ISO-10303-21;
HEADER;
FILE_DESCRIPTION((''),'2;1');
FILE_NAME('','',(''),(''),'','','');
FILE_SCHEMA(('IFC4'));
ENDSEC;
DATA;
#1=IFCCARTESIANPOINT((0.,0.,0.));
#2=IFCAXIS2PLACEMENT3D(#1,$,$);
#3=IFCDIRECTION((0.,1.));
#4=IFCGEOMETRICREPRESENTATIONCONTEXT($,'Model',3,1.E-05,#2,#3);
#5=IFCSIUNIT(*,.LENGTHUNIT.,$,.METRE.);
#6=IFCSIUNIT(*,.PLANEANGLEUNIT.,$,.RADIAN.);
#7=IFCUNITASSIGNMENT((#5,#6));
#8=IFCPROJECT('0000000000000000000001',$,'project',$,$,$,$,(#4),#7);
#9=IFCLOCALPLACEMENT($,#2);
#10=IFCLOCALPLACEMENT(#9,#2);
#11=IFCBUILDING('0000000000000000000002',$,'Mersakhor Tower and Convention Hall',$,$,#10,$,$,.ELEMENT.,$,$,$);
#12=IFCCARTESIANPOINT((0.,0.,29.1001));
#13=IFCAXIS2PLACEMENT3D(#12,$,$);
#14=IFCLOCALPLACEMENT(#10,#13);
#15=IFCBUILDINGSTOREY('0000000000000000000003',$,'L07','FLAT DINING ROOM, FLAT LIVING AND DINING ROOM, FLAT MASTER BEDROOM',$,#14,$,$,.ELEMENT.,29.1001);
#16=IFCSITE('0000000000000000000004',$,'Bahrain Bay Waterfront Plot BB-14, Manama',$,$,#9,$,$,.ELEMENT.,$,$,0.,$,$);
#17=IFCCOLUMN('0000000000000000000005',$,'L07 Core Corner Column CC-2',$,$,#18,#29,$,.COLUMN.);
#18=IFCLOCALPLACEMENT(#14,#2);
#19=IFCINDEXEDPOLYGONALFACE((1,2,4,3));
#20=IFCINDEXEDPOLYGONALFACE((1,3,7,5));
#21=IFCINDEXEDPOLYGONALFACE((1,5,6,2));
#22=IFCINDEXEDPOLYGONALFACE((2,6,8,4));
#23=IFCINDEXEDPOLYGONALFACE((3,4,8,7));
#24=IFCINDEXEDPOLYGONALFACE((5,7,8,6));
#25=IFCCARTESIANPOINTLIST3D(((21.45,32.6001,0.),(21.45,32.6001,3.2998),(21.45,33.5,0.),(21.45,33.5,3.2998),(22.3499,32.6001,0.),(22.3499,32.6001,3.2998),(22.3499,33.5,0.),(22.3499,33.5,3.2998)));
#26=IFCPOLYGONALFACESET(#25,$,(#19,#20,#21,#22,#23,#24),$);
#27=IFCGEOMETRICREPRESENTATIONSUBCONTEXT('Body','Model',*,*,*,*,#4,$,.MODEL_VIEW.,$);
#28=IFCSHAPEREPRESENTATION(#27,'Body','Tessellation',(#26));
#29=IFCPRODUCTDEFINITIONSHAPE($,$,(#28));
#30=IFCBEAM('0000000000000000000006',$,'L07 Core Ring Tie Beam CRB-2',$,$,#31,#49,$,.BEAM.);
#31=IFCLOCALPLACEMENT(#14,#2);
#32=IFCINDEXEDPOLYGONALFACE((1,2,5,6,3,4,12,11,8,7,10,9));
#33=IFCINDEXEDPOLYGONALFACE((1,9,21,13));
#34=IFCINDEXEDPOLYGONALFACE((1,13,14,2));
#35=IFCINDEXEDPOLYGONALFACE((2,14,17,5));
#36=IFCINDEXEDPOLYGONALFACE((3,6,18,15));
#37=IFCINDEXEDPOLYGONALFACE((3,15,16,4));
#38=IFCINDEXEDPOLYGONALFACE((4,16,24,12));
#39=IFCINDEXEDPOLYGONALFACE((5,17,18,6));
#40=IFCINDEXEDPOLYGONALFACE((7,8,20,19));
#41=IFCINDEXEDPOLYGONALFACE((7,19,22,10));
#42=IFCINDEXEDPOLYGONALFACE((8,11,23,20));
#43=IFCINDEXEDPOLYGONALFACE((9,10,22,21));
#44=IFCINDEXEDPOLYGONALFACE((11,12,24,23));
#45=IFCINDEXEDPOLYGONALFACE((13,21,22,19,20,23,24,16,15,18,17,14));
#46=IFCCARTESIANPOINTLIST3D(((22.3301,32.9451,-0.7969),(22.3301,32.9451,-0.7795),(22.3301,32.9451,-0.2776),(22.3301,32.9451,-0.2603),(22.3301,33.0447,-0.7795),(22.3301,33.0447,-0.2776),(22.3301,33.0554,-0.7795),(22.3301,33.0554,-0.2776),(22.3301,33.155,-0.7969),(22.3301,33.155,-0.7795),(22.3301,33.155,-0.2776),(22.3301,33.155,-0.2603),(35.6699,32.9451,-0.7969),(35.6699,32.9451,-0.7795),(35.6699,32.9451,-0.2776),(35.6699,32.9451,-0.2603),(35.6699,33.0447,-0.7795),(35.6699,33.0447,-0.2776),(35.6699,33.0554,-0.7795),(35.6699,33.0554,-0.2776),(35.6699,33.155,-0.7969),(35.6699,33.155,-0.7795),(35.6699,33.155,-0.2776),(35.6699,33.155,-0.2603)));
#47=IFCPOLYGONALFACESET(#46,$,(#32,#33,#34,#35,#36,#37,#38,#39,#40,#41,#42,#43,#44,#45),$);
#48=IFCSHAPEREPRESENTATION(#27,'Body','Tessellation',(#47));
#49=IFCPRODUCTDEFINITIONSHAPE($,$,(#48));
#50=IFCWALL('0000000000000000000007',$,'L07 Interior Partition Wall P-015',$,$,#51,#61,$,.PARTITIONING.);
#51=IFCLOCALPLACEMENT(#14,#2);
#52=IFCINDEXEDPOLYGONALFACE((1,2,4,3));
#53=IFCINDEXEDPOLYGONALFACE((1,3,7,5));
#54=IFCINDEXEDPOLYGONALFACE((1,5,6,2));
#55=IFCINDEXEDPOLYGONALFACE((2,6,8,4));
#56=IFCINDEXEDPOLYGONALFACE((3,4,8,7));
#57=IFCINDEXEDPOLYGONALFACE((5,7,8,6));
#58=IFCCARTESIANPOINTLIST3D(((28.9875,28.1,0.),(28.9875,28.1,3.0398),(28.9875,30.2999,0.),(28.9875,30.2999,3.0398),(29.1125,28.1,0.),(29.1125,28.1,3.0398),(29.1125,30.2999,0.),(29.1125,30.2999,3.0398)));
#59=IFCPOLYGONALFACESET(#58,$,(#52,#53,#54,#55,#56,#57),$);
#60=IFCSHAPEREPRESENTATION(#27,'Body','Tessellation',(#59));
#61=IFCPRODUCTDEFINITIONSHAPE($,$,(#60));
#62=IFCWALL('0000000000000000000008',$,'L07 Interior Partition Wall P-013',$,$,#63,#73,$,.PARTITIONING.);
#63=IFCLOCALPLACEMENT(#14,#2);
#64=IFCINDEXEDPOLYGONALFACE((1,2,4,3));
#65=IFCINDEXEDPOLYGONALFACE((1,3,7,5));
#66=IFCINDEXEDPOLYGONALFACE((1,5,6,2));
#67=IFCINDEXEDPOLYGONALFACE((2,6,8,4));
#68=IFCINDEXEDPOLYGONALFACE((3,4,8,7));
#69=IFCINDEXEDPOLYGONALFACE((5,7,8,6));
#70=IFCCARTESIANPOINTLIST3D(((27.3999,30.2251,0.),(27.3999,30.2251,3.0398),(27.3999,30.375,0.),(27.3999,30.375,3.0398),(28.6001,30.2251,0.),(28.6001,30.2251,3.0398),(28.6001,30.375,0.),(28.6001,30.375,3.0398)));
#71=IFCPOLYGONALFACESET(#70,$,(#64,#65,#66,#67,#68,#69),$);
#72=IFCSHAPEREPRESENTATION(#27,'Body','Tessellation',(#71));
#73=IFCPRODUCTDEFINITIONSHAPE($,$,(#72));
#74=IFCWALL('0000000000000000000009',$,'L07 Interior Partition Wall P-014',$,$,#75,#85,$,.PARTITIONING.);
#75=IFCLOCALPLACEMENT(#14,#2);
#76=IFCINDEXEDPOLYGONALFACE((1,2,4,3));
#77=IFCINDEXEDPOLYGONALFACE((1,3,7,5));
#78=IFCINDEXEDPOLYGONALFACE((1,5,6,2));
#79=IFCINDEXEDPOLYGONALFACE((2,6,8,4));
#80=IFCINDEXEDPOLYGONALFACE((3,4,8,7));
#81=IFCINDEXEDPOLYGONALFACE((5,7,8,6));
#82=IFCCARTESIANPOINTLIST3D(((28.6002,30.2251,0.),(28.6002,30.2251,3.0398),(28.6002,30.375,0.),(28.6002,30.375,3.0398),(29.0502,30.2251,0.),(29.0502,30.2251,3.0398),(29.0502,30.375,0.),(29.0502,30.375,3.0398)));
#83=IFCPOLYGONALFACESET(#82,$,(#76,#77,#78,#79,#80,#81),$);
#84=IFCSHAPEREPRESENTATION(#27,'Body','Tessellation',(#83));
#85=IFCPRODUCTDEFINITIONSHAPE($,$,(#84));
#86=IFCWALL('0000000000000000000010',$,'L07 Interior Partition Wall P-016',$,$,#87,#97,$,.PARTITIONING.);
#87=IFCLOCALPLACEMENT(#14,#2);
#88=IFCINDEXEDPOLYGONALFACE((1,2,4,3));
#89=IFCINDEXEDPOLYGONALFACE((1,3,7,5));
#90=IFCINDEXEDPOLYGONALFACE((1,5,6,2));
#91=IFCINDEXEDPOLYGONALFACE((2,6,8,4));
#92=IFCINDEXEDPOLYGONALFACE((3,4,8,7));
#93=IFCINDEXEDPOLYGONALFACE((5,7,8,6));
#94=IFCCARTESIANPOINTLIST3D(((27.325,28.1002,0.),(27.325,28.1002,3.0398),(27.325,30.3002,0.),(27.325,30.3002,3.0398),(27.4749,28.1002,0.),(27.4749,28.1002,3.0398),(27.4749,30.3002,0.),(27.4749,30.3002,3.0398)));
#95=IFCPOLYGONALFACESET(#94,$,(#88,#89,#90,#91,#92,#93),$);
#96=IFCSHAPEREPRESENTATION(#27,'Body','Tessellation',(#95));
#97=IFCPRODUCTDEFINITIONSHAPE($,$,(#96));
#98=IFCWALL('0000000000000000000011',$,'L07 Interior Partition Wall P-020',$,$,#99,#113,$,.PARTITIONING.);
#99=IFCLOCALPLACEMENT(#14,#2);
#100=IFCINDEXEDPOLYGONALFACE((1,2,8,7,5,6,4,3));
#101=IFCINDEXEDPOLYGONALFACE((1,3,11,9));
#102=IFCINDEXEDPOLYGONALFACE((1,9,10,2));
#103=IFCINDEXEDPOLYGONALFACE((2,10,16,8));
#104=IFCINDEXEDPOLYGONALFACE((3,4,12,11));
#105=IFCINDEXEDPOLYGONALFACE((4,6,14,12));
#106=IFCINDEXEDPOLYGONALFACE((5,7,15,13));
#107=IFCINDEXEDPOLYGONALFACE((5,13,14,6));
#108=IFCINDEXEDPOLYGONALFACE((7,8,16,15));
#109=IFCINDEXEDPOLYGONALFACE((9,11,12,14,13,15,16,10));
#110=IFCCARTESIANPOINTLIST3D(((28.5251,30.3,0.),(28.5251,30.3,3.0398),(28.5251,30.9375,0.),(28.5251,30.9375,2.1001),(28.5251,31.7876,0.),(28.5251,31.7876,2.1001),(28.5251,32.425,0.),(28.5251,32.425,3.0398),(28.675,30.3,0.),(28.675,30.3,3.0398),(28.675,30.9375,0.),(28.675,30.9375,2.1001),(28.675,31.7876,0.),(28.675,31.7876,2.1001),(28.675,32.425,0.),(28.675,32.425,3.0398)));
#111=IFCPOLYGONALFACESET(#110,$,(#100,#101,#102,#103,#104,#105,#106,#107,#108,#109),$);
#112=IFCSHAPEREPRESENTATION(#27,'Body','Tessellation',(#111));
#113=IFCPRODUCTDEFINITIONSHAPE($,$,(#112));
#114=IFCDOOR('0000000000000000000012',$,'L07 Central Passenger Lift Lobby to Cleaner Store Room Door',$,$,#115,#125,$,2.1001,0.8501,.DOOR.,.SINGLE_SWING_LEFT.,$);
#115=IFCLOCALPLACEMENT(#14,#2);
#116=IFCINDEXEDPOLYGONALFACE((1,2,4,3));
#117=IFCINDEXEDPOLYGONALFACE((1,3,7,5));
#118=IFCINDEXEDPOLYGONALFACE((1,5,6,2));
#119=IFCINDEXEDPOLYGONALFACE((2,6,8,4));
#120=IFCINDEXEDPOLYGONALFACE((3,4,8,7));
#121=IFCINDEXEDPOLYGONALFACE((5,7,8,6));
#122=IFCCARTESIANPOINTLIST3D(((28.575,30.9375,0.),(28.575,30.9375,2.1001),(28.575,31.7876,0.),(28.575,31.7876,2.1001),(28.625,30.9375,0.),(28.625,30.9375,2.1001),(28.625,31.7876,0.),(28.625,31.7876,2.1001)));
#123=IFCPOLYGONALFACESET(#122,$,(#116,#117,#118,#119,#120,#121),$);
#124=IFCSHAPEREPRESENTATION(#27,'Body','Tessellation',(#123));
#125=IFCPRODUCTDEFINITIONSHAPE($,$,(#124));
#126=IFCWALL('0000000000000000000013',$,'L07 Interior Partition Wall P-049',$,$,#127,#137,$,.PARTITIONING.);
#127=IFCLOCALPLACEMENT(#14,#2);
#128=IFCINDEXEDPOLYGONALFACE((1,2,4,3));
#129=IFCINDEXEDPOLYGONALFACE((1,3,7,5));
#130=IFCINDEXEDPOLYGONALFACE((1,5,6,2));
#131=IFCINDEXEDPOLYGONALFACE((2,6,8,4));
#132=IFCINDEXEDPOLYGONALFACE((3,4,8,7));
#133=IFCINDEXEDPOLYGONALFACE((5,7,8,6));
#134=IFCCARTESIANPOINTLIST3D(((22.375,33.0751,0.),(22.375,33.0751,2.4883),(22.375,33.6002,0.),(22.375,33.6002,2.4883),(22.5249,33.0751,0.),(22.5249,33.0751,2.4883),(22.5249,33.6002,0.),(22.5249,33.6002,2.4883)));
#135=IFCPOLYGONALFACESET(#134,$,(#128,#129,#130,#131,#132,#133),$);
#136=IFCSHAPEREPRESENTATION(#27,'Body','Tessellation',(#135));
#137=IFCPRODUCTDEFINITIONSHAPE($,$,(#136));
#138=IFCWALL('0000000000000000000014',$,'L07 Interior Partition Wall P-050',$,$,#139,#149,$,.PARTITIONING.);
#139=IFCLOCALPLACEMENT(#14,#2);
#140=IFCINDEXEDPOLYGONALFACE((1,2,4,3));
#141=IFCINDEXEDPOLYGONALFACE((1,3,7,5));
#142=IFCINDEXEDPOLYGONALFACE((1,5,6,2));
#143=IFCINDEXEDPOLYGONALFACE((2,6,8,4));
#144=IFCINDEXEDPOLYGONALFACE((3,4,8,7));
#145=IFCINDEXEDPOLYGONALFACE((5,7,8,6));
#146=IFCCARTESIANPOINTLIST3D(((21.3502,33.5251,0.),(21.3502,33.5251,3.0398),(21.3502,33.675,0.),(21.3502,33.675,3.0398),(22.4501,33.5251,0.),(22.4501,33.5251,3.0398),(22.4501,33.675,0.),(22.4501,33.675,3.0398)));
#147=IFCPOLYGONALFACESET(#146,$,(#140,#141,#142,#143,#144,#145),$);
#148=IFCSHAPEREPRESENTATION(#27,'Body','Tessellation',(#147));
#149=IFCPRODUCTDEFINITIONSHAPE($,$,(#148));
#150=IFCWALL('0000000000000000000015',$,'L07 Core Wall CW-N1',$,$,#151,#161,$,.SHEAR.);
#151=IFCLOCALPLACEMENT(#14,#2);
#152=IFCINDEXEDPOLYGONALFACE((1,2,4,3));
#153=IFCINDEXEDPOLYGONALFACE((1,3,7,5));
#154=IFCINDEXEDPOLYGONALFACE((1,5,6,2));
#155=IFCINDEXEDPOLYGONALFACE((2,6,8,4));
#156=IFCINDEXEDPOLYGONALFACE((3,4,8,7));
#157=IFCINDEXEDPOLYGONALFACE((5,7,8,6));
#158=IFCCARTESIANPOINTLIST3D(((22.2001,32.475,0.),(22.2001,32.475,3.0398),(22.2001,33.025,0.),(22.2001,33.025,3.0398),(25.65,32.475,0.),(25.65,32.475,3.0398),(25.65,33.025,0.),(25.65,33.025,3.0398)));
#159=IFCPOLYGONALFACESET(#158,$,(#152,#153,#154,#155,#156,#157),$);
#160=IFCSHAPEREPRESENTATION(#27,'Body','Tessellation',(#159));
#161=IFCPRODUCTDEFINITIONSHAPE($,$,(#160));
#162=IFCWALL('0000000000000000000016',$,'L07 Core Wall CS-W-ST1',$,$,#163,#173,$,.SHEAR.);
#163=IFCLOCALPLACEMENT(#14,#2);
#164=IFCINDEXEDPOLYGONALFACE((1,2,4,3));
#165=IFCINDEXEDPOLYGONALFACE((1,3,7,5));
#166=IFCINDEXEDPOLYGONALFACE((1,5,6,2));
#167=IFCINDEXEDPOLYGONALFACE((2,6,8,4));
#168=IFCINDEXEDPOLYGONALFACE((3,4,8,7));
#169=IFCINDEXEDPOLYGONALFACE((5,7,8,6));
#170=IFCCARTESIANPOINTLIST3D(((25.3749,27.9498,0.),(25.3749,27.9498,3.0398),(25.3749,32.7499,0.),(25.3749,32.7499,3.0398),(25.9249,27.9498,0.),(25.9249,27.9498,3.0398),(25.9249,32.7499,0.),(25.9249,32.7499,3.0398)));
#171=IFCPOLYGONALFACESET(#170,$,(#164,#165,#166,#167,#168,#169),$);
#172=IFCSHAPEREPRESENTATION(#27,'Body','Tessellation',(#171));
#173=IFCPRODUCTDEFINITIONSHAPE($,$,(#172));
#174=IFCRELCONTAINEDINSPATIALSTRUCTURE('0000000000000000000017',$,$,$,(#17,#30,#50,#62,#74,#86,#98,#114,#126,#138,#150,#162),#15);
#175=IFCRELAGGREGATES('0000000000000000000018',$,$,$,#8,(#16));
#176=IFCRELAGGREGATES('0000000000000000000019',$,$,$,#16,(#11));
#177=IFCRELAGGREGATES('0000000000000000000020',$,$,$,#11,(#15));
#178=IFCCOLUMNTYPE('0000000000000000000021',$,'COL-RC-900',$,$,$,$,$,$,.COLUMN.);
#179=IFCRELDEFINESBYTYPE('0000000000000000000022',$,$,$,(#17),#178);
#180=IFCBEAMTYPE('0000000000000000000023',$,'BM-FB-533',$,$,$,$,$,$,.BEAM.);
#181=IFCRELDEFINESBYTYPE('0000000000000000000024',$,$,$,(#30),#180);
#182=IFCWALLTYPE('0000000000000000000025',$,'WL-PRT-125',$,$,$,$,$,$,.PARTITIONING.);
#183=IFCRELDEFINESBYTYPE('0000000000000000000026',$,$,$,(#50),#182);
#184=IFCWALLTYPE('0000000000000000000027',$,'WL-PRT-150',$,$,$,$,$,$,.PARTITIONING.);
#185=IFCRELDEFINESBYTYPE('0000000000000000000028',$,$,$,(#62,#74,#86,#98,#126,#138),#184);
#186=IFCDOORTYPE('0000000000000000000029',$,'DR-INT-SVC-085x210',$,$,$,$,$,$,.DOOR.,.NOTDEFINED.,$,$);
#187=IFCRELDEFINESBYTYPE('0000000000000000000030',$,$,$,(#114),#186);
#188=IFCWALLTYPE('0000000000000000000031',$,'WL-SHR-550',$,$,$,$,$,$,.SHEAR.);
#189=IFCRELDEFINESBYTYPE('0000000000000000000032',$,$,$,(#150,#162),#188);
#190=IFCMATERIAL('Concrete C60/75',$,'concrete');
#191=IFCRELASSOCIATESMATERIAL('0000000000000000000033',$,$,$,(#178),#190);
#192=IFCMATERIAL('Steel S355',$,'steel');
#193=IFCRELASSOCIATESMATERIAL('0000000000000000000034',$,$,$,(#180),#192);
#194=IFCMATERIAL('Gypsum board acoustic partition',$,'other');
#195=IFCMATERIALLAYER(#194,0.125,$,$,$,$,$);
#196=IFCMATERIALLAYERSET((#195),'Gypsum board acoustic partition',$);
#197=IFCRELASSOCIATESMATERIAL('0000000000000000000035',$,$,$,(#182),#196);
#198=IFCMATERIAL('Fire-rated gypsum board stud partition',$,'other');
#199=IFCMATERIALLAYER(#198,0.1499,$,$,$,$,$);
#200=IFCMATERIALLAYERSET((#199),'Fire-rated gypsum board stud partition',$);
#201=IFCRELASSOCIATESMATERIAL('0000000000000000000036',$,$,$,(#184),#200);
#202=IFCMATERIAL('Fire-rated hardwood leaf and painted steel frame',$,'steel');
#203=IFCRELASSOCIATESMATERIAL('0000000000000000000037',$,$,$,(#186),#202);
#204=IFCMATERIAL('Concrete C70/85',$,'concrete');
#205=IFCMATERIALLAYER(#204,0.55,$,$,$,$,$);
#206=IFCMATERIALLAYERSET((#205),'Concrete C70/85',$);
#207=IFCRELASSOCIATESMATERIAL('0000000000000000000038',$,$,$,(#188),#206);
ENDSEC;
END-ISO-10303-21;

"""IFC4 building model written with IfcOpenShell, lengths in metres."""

from ifc_helpers import new_model, si_unit, direction, frame, frame_2d, origin, origin_2d, place, context, subcontext, project, spatial, rectangle, i_section, extrude, material, layer, layer_set, material_profile, profile_set, type_object, element, fill, save


model = new_model("IFC4")

# Units and contexts
model_context = context("Model", 3, precision=1e-05, world=origin(), true_north=direction((0.0, 1.0)))
body_context = subcontext(model_context, "Body", "Model", "MODEL_VIEW")
ifc_project = project(units=[si_unit("LENGTHUNIT", "METRE"), si_unit("PLANEANGLEUNIT", "RADIAN")], contexts=[model_context])

# Site, building, storey
site_placement = place(None, origin())
site = spatial("IfcSite", under=ifc_project, at=site_placement, Name="Bahrain Bay Waterfront Plot BB-14, Manama", CompositionType="ELEMENT", RefElevation=0.0)
building_placement = place(site_placement, origin())
building = spatial("IfcBuilding", under=site, at=building_placement, Name="Mersakhor Tower and Convention Hall", CompositionType="ELEMENT")
storey_placement = place(building_placement, frame((0.0, 0.0, 29.1001)))
storey = spatial("IfcBuildingStorey", under=building, at=storey_placement, Name="L07", Description="FLAT DINING ROOM, FLAT LIVING AND DINING ROOM, FLAT MASTER BEDROOM", CompositionType="ELEMENT", Elevation=29.1001)

# Column
ifc_material_1 = material(Name="Concrete C60/75", Category="concrete")
ifc_material_profile_1 = material_profile(ifc_material_1, rectangle(XDim=0.8999, YDim=0.8999, at=origin_2d()), Name="RC 900x900")
ifc_profile_set_1 = profile_set([ifc_material_profile_1], Name="Concrete C60/75")
column_type = type_object("IfcColumnType", Name="COL-RC-900", PredefinedType="COLUMN", material=ifc_profile_set_1)
column_placement = place(storey_placement, frame((21.8999, 33.05, 0.0), z_axis=(0.0, 0.0, 1.0), x_axis=(1.0, 0.0, 0.0)))
element("IfcColumn", 1, at=column_placement, inside=storey, type_object=column_type, Name="L07 Core Corner Column CC-2", PredefinedType="COLUMN", context=body_context, shape_type="SweptSolid", body=[
    extrude(rectangle(XDim=0.8999, YDim=0.8999, at=origin_2d()), origin(), (0.0, 0.0, 1.0), 3.2998),
])

# Beam
ifc_material_2 = material(Name="Steel S355", Category="steel")
ifc_material_profile_2 = material_profile(ifc_material_2, i_section(OverallWidth=0.21, OverallDepth=0.5366, WebThickness=0.0107, FlangeThickness=0.0173, at=origin_2d()), Name="UB 533x210x101")
ifc_profile_set_2 = profile_set([ifc_material_profile_2], Name="Steel S355")
beam_type = type_object("IfcBeamType", Name="BM-FB-533", PredefinedType="BEAM", material=ifc_profile_set_2)
beam_placement = place(storey_placement, frame((22.3301, 33.05, -0.5286), z_axis=(1.0, 0.0, 0.0), x_axis=(0.0, 1.0, 0.0)))
element("IfcBeam", 2, at=beam_placement, inside=storey, type_object=beam_type, Name="L07 Core Ring Tie Beam CRB-2", PredefinedType="BEAM", context=body_context, shape_type="SweptSolid", body=[
    extrude(i_section(OverallWidth=0.21, OverallDepth=0.5366, WebThickness=0.0107, FlangeThickness=0.0173, at=origin_2d()), origin(), (0.0, 0.0, 1.0), 13.3398),
])

# Walls
ifc_material_3 = material(Name="Gypsum board acoustic partition", Category="other")
ifc_layer_1 = layer(ifc_material_3, 0.125)
ifc_layer_set_1 = layer_set([ifc_layer_1], Name="Gypsum board acoustic partition")
wall_type_1 = type_object("IfcWallType", Name="WL-PRT-125", PredefinedType="PARTITIONING", material=ifc_layer_set_1)
wall_1_placement = place(storey_placement, frame((29.05, 30.3, 0.0), z_axis=(0.0, 0.0, 1.0), x_axis=(0.0, -1.0, 0.0)))
element("IfcWall", 3, at=wall_1_placement, inside=storey, type_object=wall_type_1, Name="L07 Interior Partition Wall P-015", PredefinedType="PARTITIONING", context=body_context, shape_type="SweptSolid", body=[
    extrude(rectangle(XDim=2.2, YDim=0.125, at=frame_2d((1.1001, 0.0))), origin(), (0.0, 0.0, 1.0), 3.0398),
])
ifc_material_4 = material(Name="Fire-rated gypsum board stud partition", Category="other")
ifc_layer_2 = layer(ifc_material_4, 0.1499)
ifc_layer_set_2 = layer_set([ifc_layer_2], Name="Fire-rated gypsum board stud partition")
wall_type_2 = type_object("IfcWallType", Name="WL-PRT-150", PredefinedType="PARTITIONING", material=ifc_layer_set_2)
wall_2_placement = place(storey_placement, frame((27.3999, 30.3, 0.0), z_axis=(0.0, 0.0, 1.0), x_axis=(1.0, 0.0, 0.0)))
element("IfcWall", 4, at=wall_2_placement, inside=storey, type_object=wall_type_2, Name="L07 Interior Partition Wall P-013", PredefinedType="PARTITIONING", context=body_context, shape_type="SweptSolid", body=[
    extrude(rectangle(XDim=1.2002, YDim=0.1499, at=frame_2d((0.6001, 0.0))), origin(), (0.0, 0.0, 1.0), 3.0398),
])
wall_3_placement = place(storey_placement, frame((28.6001, 30.3, 0.0), z_axis=(0.0, 0.0, 1.0), x_axis=(1.0, 0.0, 0.0)))
element("IfcWall", 5, at=wall_3_placement, inside=storey, type_object=wall_type_2, Name="L07 Interior Partition Wall P-014", PredefinedType="PARTITIONING", context=body_context, shape_type="SweptSolid", body=[
    extrude(rectangle(XDim=0.45, YDim=0.1499, at=frame_2d((0.2251, 0.0))), origin(), (0.0, 0.0, 1.0), 3.0398),
])
wall_4_placement = place(storey_placement, frame((27.3999, 28.1001, 0.0), z_axis=(0.0, 0.0, 1.0), x_axis=(0.0, 1.0, 0.0)))
element("IfcWall", 6, at=wall_4_placement, inside=storey, type_object=wall_type_2, Name="L07 Interior Partition Wall P-016", PredefinedType="PARTITIONING", context=body_context, shape_type="SweptSolid", body=[
    extrude(rectangle(XDim=2.2, YDim=0.1499, at=frame_2d((1.1001, 0.0))), origin(), (0.0, 0.0, 1.0), 3.0398),
])

# Wall, opening, door
wall_5_placement = place(storey_placement, frame((28.6001, 32.425, 0.0), z_axis=(0.0, 0.0, 1.0), x_axis=(0.0, -1.0, 0.0)))
wall_5 = element("IfcWall", 7, at=wall_5_placement, inside=storey, type_object=wall_type_2, Name="L07 Interior Partition Wall P-020", PredefinedType="PARTITIONING", context=body_context, shape_type="SweptSolid", body=[
    extrude(rectangle(XDim=2.125, YDim=0.1499, at=frame_2d((1.0625, 0.0))), origin(), (0.0, 0.0, 1.0), 3.0398),
])
opening_1_placement = place(wall_5_placement, frame((0.6375, 0.0, 0.0)))
opening_1 = element("IfcOpeningElement", 8, at=opening_1_placement, cuts=wall_5, PredefinedType="OPENING", context=body_context, shape_type="SweptSolid", body=[
    extrude(rectangle(XDim=0.8501, YDim=2.1001, at=frame_2d((0.425, 1.05))), frame((0.0, 0.085, 0.0), z_axis=(0.0, -1.0, 0.0), x_axis=(1.0, 0.0, 0.0)), (0.0, 0.0, 1.0), 0.1699),
])
ifc_material_5 = material(Name="Fire-rated hardwood leaf and painted steel frame", Category="steel")
door_type_1 = type_object("IfcDoorType", Name="DR-INT-SVC-085x210", OperationType="NOTDEFINED", PredefinedType="DOOR", material=ifc_material_5)
door_1_placement = place(opening_1_placement, origin())
door_1 = element("IfcDoor", 9, at=door_1_placement, inside=storey, type_object=door_type_1, Name="L07 Central Passenger Lift Lobby to Cleaner Store Room Door", OperationType="SINGLE_SWING_LEFT", OverallHeight=2.1001, OverallWidth=0.8501, PredefinedType="DOOR", context=body_context, shape_type="SweptSolid", body=[
    extrude(rectangle(XDim=0.8501, YDim=2.1001, at=frame_2d((0.425, 1.05))), frame((0.0, 0.0249, 0.0), z_axis=(0.0, -1.0, 0.0), x_axis=(1.0, 0.0, 0.0)), (0.0, 0.0, 1.0), 0.05),
])
fill(opening_1, door_1)

# Walls
wall_6_placement = place(storey_placement, frame((22.45, 33.075, 0.0), z_axis=(0.0, 0.0, 1.0), x_axis=(0.0, 1.0, 0.0)))
element("IfcWall", 10, at=wall_6_placement, inside=storey, type_object=wall_type_2, Name="L07 Interior Partition Wall P-049", PredefinedType="PARTITIONING", context=body_context, shape_type="SweptSolid", body=[
    extrude(rectangle(XDim=0.5251, YDim=0.1499, at=frame_2d((0.2627, 0.0))), origin(), (0.0, 0.0, 1.0), 2.4883),
])
wall_7_placement = place(storey_placement, frame((22.45, 33.6001, 0.0), z_axis=(0.0, 0.0, 1.0), x_axis=(-1.0, 0.0, 0.0)))
element("IfcWall", 11, at=wall_7_placement, inside=storey, type_object=wall_type_2, Name="L07 Interior Partition Wall P-050", PredefinedType="PARTITIONING", context=body_context, shape_type="SweptSolid", body=[
    extrude(rectangle(XDim=1.0999, YDim=0.1499, at=frame_2d((0.5498, 0.0))), origin(), (0.0, 0.0, 1.0), 3.0398),
])

# Wall
ifc_material_6 = material(Name="Concrete C70/85", Category="concrete")
ifc_layer_3 = layer(ifc_material_6, 0.55)
ifc_layer_set_3 = layer_set([ifc_layer_3], Name="Concrete C70/85")
wall_type_3 = type_object("IfcWallType", Name="WL-SHR-550", PredefinedType="SHEAR", material=ifc_layer_set_3)
wall_8_placement = place(storey_placement, frame((22.2, 32.75, 0.0), z_axis=(0.0, 0.0, 1.0), x_axis=(1.0, 0.0, 0.0)))
element("IfcWall", 12, at=wall_8_placement, inside=storey, type_object=wall_type_3, Name="L07 Core Wall CW-N1", PredefinedType="SHEAR", context=body_context, shape_type="SweptSolid", body=[
    extrude(rectangle(XDim=3.45, YDim=0.55, at=frame_2d((1.7251, 0.0))), origin(), (0.0, 0.0, 1.0), 3.0398),
])

# Wall
wall_9_placement = place(storey_placement, frame((25.6499, 27.95, 0.0), z_axis=(0.0, 0.0, 1.0), x_axis=(0.0, 1.0, 0.0)))
element("IfcWall", 13, at=wall_9_placement, inside=storey, type_object=wall_type_3, Name="L07 Core Wall CS-W-ST1", PredefinedType="SHEAR", context=body_context, shape_type="SweptSolid", body=[
    extrude(rectangle(XDim=4.8, YDim=0.55, at=frame_2d((2.3999, 0.0))), origin(), (0.0, 0.0, 1.0), 3.0398),
])

save(model, "model.ifc")
